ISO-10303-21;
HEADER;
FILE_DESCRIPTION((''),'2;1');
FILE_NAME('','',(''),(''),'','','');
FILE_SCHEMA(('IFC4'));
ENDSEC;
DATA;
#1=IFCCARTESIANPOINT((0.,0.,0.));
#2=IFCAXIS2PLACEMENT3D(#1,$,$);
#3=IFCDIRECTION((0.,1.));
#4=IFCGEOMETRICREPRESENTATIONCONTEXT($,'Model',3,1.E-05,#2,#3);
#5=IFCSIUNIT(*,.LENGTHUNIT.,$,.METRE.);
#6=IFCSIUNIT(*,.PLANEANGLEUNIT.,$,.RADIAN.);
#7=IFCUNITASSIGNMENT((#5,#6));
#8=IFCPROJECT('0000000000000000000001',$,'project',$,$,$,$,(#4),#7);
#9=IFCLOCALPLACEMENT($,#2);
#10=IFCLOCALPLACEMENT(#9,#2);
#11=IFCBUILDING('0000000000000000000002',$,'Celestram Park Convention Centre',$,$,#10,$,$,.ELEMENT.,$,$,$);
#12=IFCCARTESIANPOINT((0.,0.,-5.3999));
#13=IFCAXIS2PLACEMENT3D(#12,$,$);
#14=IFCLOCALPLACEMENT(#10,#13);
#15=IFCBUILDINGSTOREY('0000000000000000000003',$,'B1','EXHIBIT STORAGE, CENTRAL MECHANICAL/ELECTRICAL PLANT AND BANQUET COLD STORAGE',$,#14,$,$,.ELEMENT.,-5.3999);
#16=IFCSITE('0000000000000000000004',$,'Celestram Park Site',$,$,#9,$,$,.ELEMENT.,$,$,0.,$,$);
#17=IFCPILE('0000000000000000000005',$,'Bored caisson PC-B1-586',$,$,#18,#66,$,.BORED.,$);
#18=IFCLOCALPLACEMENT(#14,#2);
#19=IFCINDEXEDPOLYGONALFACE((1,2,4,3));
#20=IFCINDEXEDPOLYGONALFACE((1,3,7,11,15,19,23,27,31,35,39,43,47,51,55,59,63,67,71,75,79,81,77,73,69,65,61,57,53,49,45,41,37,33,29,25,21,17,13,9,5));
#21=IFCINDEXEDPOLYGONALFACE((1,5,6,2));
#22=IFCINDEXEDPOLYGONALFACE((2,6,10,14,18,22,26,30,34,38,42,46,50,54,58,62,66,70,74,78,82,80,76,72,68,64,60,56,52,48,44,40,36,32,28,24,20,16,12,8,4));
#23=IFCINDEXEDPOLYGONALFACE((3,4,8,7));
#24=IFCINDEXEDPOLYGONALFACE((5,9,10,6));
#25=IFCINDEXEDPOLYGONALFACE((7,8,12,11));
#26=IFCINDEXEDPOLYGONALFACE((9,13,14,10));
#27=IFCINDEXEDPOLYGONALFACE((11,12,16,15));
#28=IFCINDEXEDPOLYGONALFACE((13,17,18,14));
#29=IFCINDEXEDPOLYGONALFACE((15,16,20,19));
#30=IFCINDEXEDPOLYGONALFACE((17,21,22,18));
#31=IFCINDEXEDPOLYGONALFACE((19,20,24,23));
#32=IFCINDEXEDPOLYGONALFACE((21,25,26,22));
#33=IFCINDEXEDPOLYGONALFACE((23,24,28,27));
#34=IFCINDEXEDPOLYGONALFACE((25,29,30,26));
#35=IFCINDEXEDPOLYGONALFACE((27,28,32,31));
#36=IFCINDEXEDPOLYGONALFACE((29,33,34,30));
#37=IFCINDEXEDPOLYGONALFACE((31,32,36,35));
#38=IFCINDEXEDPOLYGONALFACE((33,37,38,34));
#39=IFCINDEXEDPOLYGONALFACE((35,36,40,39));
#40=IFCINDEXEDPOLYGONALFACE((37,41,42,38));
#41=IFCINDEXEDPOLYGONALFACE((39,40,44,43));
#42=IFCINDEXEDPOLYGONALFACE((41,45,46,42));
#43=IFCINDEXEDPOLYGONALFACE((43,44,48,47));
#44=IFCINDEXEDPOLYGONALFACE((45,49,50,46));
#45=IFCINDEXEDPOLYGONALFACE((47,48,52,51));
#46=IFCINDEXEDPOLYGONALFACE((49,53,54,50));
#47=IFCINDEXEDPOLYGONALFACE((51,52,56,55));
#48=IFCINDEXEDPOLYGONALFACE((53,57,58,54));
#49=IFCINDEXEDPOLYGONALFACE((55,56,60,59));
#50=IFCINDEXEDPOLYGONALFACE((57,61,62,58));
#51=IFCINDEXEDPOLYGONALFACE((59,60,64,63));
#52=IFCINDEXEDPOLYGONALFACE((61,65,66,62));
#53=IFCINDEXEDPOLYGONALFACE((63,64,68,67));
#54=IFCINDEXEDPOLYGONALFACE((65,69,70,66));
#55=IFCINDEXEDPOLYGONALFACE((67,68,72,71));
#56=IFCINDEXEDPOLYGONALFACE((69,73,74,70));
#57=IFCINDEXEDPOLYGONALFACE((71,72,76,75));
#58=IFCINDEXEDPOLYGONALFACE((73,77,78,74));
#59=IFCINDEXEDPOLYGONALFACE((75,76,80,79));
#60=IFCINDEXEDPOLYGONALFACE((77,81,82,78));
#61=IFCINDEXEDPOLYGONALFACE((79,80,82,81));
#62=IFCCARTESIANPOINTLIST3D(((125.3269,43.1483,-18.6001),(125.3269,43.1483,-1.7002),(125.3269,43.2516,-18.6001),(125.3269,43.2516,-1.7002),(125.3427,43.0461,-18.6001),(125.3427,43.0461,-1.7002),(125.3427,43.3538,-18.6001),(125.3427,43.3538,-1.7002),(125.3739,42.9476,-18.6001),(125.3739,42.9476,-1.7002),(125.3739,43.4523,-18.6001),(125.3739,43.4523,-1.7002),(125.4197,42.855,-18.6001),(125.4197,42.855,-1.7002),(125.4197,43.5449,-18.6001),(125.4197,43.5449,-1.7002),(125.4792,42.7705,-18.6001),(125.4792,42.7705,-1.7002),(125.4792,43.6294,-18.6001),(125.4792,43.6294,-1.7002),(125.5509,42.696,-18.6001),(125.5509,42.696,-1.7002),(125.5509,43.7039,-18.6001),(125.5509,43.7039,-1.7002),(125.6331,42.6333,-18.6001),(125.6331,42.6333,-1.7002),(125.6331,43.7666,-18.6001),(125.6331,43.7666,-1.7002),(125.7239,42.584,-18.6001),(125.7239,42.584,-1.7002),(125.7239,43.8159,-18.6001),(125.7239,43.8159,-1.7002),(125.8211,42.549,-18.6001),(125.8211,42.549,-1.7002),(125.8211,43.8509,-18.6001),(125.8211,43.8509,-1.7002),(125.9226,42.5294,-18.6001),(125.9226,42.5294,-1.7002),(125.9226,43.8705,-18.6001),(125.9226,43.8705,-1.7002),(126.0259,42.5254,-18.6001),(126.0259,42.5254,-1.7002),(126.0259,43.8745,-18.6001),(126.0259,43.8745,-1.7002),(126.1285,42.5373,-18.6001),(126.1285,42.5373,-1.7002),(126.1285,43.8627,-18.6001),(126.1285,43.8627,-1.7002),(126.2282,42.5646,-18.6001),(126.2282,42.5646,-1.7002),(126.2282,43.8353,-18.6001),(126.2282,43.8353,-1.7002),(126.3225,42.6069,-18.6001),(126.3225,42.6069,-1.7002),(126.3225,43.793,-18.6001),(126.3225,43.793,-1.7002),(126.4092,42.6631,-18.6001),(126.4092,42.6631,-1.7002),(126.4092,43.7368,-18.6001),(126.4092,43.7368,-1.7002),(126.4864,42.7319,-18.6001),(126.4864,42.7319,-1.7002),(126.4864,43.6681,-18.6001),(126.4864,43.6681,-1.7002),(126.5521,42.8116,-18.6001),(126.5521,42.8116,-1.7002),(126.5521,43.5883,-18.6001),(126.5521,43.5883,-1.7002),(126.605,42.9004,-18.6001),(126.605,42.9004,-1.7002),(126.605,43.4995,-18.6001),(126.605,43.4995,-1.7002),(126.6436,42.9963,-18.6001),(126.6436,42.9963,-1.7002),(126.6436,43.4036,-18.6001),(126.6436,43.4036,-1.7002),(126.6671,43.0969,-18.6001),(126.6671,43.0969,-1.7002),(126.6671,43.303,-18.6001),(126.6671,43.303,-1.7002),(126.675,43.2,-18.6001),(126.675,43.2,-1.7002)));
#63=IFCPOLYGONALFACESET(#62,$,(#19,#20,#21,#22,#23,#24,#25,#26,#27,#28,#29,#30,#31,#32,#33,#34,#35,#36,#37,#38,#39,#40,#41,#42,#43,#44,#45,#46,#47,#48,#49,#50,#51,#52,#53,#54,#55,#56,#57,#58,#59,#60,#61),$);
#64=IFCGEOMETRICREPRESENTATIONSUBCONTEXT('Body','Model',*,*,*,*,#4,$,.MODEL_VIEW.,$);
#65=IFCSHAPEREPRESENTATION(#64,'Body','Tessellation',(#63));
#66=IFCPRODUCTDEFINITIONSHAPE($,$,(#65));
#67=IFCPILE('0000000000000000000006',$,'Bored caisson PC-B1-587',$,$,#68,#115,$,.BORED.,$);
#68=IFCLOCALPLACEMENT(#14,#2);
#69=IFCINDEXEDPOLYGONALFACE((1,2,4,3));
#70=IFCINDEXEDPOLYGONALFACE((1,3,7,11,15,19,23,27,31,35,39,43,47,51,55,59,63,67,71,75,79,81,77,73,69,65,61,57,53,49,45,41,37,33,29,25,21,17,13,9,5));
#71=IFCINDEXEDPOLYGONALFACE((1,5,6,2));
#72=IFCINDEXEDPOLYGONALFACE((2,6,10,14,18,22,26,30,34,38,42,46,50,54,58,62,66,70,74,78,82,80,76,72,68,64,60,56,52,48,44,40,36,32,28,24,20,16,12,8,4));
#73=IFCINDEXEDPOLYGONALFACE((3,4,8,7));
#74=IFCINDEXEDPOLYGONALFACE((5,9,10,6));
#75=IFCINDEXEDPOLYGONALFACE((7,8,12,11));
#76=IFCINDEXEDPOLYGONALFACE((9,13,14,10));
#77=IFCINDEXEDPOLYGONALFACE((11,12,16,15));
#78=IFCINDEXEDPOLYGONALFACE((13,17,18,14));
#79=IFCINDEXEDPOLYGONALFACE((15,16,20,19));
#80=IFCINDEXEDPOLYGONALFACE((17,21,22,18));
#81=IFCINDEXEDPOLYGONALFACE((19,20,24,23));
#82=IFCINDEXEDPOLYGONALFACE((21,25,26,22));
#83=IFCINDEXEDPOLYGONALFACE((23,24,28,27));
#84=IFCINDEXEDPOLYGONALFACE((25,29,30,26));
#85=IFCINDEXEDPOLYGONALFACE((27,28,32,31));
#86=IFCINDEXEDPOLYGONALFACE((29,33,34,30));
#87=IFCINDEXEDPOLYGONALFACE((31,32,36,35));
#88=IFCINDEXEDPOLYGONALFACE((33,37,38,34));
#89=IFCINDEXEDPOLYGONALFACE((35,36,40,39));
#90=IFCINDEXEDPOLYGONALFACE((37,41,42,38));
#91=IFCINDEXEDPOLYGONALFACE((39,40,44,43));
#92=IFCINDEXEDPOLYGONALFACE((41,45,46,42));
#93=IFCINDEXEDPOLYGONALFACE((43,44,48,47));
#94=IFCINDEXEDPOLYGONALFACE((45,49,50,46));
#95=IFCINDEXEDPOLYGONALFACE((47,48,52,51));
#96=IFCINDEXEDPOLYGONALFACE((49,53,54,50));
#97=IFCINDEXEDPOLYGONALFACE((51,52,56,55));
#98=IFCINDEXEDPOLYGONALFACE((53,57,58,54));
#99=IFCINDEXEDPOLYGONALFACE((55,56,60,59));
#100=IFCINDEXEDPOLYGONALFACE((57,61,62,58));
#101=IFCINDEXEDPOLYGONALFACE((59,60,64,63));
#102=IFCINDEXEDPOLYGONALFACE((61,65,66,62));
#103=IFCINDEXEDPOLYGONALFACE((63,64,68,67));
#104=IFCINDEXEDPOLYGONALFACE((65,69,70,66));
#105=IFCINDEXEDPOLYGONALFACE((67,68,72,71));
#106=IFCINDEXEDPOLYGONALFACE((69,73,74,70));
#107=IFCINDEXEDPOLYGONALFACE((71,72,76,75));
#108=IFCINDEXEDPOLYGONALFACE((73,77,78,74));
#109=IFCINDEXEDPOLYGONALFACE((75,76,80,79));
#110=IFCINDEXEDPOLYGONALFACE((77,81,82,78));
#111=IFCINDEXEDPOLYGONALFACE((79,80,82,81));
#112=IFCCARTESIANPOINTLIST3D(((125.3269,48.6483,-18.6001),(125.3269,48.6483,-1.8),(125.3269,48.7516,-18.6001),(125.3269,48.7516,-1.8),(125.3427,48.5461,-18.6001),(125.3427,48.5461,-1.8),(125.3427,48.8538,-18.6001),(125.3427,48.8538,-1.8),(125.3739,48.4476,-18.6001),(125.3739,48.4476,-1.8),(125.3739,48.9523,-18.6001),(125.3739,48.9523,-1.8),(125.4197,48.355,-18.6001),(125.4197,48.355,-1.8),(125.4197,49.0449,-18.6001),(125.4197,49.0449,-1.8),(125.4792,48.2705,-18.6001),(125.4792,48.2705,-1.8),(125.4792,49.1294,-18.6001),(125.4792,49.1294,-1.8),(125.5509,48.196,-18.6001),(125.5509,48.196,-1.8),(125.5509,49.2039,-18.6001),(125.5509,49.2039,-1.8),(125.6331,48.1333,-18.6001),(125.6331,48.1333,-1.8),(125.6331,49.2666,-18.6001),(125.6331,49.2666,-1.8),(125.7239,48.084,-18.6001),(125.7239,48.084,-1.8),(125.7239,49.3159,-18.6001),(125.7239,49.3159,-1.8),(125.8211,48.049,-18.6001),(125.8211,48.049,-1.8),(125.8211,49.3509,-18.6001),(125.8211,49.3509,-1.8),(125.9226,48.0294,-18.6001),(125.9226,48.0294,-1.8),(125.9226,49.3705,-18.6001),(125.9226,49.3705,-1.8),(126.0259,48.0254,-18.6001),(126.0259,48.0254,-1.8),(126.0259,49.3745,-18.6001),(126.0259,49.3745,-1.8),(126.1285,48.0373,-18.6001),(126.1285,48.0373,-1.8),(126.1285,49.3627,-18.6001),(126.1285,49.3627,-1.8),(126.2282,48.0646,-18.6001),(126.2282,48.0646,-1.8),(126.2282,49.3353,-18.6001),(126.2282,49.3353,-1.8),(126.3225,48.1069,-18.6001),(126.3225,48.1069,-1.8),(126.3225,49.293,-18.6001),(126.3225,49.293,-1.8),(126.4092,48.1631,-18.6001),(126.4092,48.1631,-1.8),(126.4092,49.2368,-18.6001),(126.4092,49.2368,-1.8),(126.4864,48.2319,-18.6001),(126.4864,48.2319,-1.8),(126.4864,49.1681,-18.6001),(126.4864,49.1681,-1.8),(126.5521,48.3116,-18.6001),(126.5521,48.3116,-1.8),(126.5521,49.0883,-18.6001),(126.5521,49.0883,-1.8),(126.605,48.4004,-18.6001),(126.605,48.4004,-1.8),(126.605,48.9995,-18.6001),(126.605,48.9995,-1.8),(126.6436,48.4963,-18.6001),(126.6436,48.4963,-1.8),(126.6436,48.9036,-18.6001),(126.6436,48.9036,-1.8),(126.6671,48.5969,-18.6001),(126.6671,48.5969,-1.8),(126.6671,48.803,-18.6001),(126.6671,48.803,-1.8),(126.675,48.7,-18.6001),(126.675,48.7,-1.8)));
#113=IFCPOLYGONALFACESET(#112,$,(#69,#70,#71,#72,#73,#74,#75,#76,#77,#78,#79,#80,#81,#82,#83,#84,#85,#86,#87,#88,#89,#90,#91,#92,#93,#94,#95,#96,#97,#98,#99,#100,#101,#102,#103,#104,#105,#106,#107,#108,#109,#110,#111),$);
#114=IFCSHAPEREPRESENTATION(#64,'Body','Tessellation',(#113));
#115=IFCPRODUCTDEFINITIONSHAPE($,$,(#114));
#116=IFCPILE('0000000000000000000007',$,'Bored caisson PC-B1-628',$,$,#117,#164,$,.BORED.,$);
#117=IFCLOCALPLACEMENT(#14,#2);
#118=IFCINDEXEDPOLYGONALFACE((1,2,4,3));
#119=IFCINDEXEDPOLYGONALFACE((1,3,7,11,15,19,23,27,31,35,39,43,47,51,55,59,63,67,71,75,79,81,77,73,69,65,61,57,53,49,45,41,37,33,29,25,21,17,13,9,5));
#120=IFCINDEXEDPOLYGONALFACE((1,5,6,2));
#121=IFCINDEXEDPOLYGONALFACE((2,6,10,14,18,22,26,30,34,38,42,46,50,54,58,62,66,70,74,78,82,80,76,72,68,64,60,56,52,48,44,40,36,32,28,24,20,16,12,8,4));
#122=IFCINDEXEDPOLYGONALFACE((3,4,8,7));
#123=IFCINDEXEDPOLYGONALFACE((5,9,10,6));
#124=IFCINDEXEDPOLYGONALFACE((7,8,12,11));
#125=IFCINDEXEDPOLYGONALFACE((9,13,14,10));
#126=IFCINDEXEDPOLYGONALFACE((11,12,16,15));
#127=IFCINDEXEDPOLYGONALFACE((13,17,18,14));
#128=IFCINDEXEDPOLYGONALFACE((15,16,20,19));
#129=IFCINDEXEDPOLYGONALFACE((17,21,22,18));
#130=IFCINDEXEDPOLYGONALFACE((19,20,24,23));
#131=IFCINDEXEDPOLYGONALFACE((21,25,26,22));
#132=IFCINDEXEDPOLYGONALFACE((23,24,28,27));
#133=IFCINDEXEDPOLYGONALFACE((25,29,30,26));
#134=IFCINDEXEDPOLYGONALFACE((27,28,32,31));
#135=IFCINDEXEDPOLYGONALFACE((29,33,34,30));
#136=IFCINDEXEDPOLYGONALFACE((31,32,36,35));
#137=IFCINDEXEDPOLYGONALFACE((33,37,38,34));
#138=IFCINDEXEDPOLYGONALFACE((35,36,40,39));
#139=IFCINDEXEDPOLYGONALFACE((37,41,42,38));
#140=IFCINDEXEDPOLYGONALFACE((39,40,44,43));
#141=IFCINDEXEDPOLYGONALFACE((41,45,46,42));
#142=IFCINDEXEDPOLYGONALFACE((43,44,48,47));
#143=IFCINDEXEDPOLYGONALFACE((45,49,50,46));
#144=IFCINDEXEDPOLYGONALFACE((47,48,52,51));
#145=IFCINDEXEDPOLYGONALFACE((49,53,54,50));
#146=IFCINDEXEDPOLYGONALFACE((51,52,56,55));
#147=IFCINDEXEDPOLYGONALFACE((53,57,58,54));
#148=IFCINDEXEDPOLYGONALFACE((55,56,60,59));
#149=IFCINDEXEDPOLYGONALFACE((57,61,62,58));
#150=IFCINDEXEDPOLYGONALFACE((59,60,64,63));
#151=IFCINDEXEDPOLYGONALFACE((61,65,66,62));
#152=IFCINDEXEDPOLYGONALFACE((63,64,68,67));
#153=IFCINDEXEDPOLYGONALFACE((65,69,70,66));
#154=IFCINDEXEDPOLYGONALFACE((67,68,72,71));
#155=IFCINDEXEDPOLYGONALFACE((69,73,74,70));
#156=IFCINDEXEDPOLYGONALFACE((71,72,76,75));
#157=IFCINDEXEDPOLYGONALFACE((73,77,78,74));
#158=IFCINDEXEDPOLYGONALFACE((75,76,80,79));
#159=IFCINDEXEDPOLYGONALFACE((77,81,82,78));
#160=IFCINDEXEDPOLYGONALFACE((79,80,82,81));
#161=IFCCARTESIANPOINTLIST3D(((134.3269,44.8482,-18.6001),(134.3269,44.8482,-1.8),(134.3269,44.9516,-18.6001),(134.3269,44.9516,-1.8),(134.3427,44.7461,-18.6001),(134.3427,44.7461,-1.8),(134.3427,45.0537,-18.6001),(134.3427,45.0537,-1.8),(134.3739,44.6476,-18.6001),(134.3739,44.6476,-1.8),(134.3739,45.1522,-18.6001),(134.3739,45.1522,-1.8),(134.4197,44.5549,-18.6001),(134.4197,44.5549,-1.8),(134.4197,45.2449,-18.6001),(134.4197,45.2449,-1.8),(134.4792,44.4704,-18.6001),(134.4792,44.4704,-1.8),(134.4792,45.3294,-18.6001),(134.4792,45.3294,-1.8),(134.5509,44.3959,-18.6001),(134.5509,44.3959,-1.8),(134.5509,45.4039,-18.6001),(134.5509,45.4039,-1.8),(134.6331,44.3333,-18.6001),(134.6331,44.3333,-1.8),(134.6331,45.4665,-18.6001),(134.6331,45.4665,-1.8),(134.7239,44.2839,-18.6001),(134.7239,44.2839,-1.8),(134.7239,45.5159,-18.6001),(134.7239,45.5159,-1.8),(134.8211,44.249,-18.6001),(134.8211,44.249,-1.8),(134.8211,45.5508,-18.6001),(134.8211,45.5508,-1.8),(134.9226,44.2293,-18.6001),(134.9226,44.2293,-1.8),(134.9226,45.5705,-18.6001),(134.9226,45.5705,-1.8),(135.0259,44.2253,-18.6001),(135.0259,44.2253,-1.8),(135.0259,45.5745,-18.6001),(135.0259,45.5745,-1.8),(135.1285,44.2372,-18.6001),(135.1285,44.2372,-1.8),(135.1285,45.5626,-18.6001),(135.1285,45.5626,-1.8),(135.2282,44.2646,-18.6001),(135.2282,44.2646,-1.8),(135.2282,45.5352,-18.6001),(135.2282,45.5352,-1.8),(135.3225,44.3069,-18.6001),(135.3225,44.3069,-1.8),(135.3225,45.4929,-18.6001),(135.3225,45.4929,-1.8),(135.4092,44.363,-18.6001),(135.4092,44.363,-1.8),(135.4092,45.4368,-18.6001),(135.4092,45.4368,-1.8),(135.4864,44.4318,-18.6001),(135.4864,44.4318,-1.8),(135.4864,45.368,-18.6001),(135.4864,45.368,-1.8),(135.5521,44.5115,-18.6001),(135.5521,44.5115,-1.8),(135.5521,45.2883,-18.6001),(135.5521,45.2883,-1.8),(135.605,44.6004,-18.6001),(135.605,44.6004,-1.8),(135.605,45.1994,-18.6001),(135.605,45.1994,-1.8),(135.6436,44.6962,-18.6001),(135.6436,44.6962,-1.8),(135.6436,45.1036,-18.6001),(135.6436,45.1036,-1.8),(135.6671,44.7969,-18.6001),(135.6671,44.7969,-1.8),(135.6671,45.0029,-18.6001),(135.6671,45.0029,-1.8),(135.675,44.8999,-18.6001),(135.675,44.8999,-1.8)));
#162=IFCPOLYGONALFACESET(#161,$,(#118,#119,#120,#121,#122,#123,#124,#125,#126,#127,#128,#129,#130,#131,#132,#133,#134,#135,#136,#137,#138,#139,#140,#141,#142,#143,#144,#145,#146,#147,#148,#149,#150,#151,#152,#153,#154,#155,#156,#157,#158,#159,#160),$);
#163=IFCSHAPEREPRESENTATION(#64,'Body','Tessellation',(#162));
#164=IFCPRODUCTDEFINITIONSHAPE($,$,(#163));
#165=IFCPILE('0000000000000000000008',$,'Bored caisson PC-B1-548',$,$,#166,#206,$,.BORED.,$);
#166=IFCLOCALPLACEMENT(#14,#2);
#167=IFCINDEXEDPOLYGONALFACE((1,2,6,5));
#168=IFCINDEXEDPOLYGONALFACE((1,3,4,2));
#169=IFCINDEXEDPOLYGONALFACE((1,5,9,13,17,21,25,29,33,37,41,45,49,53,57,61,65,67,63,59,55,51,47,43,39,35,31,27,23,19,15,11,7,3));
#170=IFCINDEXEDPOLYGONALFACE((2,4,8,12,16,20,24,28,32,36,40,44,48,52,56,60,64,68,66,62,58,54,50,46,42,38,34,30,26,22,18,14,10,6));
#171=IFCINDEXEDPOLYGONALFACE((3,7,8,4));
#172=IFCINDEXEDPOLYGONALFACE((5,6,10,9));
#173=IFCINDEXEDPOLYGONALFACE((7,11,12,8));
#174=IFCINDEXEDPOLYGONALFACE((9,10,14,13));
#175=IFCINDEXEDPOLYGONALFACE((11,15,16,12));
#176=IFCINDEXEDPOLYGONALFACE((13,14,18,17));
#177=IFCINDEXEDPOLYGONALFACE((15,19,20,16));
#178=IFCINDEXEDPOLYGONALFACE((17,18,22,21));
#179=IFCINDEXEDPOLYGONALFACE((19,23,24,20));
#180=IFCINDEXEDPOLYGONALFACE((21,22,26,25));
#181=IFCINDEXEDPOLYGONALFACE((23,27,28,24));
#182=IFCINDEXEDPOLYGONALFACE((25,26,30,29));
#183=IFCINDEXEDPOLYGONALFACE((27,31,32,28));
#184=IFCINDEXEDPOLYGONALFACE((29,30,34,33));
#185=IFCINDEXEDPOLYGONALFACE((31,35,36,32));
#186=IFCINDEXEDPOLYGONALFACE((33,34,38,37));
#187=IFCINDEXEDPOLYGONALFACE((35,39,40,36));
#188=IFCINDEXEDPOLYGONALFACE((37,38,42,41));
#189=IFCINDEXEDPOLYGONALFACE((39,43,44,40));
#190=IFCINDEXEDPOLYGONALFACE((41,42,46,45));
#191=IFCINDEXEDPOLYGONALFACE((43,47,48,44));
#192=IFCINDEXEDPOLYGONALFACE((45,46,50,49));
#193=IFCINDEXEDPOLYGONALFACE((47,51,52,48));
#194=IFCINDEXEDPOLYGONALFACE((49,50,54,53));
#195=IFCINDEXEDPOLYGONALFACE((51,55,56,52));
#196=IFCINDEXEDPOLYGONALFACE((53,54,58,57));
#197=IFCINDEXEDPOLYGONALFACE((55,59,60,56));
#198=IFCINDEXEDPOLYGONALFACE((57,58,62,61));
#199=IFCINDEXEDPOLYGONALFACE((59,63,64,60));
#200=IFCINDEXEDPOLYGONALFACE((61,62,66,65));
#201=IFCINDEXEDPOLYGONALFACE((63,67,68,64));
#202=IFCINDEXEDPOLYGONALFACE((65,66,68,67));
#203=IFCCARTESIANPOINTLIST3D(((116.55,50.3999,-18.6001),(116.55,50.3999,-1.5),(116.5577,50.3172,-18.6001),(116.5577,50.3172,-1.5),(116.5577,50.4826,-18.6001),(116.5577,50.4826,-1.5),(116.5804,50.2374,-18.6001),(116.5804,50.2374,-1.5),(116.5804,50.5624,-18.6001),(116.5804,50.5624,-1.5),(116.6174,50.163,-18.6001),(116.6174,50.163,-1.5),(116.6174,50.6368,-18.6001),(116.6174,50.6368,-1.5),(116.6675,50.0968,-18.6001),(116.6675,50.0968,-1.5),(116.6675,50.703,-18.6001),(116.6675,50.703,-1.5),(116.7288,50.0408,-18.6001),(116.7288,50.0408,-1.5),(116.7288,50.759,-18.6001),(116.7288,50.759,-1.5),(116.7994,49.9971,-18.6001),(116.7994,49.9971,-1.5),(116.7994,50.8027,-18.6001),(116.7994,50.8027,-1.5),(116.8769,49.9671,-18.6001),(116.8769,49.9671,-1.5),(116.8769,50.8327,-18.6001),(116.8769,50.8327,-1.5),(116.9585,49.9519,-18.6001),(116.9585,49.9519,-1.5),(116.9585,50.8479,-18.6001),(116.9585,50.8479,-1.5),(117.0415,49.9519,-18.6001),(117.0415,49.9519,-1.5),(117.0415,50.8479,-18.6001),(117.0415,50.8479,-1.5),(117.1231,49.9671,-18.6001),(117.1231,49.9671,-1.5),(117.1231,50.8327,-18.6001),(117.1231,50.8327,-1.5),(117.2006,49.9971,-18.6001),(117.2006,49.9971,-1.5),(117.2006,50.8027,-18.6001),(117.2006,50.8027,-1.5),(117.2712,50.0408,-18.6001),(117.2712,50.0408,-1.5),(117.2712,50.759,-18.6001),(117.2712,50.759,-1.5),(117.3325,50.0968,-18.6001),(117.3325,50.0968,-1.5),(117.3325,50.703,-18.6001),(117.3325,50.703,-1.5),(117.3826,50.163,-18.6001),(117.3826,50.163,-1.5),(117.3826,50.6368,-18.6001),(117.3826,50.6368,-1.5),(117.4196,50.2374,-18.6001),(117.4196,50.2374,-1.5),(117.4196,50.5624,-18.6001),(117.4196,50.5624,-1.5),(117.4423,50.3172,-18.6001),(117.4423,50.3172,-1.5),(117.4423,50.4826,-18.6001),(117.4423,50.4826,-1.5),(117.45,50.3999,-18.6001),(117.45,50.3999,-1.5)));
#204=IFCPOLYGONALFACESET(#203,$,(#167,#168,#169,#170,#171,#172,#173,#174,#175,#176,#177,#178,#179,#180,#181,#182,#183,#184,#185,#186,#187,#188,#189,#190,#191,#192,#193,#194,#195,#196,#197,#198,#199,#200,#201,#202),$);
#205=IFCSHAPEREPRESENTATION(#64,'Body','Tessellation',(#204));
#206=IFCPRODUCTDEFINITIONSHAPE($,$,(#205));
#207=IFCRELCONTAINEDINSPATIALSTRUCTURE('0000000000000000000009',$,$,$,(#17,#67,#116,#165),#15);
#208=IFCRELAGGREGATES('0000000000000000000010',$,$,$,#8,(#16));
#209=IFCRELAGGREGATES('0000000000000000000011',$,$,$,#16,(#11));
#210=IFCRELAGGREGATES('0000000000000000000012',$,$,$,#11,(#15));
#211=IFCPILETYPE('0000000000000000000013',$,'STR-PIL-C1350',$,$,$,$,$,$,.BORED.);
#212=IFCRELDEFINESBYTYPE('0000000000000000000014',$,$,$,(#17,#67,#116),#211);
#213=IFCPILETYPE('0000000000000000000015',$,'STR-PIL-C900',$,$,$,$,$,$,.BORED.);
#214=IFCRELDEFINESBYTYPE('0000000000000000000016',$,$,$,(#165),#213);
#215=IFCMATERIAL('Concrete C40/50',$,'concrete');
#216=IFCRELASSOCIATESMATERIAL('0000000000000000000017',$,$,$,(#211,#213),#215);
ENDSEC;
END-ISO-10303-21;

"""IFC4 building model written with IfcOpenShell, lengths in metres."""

from ifc_helpers import new_model, si_unit, direction, frame, origin, origin_2d, place, context, subcontext, project, spatial, circle, extrude, material, material_profile, profile_set, type_object, element, save


model = new_model("IFC4")

# Units and contexts
model_context = context("Model", 3, precision=1e-05, world=origin(), true_north=direction((0.0, 1.0)))
body_context = subcontext(model_context, "Body", "Model", "MODEL_VIEW")
ifc_project = project(units=[si_unit("LENGTHUNIT", "METRE"), si_unit("PLANEANGLEUNIT", "RADIAN")], contexts=[model_context])

# Site, building, storey
site_placement = place(None, origin())
site = spatial("IfcSite", under=ifc_project, at=site_placement, Name="Celestram Park Site", CompositionType="ELEMENT", RefElevation=0.0)
building_placement = place(site_placement, origin())
building = spatial("IfcBuilding", under=site, at=building_placement, Name="Celestram Park Convention Centre", CompositionType="ELEMENT")
storey_placement = place(building_placement, frame((0.0, 0.0, -5.3999)))
storey = spatial("IfcBuildingStorey", under=building, at=storey_placement, Name="B1", Description="EXHIBIT STORAGE, CENTRAL MECHANICAL/ELECTRICAL PLANT AND BANQUET COLD STORAGE", CompositionType="ELEMENT", Elevation=-5.3999)

# Shared definitions
ifc_material_1 = material(Name="Concrete C40/50", Category="concrete")

# Piles
ifc_material_profile_1 = material_profile(ifc_material_1, circle(Radius=0.675, at=origin_2d()), Name="CAISSON1350")
ifc_profile_set_1 = profile_set([ifc_material_profile_1], Name="Concrete C40/50")
pile_type_1 = type_object("IfcPileType", Name="STR-PIL-C1350", PredefinedType="BORED", material=ifc_profile_set_1)
pile_1_placement = place(storey_placement, frame((126.0, 43.2, -1.7002), z_axis=(0.0, 0.0, -1.0), x_axis=(1.0, 0.0, 0.0)))
element("IfcPile", 1, at=pile_1_placement, inside=storey, type_object=pile_type_1, Name="Bored caisson PC-B1-586", PredefinedType="BORED", context=body_context, shape_type="SweptSolid", body=[
    extrude(circle(Radius=0.675, at=origin_2d()), origin(), (0.0, 0.0, 1.0), 16.8999),
])
for number, where, z_axis, x_axis, name in (
    (2, (126.0, 48.7, -1.8), (0.0, 0.0, -1.0), (1.0, 0.0, 0.0), "Bored caisson PC-B1-587"),
    (3, (135.0, 44.8999, -1.8), (0.0, 0.0, -1.0), (1.0, 0.0, 0.0), "Bored caisson PC-B1-628"),
):
    element("IfcPile", number, at=place(storey_placement, frame(where, z_axis=z_axis, x_axis=x_axis)), inside=storey, type_object=pile_type_1, Name=name, PredefinedType="BORED", context=body_context, shape_type="SweptSolid", body=[
        extrude(circle(Radius=0.675, at=origin_2d()), origin(), (0.0, 0.0, 1.0), 16.8),
    ])
ifc_material_profile_2 = material_profile(ifc_material_1, circle(Radius=0.45, at=origin_2d()), Name="CAISSON900")
ifc_profile_set_2 = profile_set([ifc_material_profile_2], Name="Concrete C40/50")
pile_type_2 = type_object("IfcPileType", Name="STR-PIL-C900", PredefinedType="BORED", material=ifc_profile_set_2)
pile_2_placement = place(storey_placement, frame((117.0, 50.3999, -1.5), z_axis=(0.0, 0.0, -1.0), x_axis=(1.0, 0.0, 0.0)))
element("IfcPile", 4, at=pile_2_placement, inside=storey, type_object=pile_type_2, Name="Bored caisson PC-B1-548", PredefinedType="BORED", context=body_context, shape_type="SweptSolid", body=[
    extrude(circle(Radius=0.45, at=origin_2d()), origin(), (0.0, 0.0, 1.0), 17.1001),
])

save(model, "model.ifc")
